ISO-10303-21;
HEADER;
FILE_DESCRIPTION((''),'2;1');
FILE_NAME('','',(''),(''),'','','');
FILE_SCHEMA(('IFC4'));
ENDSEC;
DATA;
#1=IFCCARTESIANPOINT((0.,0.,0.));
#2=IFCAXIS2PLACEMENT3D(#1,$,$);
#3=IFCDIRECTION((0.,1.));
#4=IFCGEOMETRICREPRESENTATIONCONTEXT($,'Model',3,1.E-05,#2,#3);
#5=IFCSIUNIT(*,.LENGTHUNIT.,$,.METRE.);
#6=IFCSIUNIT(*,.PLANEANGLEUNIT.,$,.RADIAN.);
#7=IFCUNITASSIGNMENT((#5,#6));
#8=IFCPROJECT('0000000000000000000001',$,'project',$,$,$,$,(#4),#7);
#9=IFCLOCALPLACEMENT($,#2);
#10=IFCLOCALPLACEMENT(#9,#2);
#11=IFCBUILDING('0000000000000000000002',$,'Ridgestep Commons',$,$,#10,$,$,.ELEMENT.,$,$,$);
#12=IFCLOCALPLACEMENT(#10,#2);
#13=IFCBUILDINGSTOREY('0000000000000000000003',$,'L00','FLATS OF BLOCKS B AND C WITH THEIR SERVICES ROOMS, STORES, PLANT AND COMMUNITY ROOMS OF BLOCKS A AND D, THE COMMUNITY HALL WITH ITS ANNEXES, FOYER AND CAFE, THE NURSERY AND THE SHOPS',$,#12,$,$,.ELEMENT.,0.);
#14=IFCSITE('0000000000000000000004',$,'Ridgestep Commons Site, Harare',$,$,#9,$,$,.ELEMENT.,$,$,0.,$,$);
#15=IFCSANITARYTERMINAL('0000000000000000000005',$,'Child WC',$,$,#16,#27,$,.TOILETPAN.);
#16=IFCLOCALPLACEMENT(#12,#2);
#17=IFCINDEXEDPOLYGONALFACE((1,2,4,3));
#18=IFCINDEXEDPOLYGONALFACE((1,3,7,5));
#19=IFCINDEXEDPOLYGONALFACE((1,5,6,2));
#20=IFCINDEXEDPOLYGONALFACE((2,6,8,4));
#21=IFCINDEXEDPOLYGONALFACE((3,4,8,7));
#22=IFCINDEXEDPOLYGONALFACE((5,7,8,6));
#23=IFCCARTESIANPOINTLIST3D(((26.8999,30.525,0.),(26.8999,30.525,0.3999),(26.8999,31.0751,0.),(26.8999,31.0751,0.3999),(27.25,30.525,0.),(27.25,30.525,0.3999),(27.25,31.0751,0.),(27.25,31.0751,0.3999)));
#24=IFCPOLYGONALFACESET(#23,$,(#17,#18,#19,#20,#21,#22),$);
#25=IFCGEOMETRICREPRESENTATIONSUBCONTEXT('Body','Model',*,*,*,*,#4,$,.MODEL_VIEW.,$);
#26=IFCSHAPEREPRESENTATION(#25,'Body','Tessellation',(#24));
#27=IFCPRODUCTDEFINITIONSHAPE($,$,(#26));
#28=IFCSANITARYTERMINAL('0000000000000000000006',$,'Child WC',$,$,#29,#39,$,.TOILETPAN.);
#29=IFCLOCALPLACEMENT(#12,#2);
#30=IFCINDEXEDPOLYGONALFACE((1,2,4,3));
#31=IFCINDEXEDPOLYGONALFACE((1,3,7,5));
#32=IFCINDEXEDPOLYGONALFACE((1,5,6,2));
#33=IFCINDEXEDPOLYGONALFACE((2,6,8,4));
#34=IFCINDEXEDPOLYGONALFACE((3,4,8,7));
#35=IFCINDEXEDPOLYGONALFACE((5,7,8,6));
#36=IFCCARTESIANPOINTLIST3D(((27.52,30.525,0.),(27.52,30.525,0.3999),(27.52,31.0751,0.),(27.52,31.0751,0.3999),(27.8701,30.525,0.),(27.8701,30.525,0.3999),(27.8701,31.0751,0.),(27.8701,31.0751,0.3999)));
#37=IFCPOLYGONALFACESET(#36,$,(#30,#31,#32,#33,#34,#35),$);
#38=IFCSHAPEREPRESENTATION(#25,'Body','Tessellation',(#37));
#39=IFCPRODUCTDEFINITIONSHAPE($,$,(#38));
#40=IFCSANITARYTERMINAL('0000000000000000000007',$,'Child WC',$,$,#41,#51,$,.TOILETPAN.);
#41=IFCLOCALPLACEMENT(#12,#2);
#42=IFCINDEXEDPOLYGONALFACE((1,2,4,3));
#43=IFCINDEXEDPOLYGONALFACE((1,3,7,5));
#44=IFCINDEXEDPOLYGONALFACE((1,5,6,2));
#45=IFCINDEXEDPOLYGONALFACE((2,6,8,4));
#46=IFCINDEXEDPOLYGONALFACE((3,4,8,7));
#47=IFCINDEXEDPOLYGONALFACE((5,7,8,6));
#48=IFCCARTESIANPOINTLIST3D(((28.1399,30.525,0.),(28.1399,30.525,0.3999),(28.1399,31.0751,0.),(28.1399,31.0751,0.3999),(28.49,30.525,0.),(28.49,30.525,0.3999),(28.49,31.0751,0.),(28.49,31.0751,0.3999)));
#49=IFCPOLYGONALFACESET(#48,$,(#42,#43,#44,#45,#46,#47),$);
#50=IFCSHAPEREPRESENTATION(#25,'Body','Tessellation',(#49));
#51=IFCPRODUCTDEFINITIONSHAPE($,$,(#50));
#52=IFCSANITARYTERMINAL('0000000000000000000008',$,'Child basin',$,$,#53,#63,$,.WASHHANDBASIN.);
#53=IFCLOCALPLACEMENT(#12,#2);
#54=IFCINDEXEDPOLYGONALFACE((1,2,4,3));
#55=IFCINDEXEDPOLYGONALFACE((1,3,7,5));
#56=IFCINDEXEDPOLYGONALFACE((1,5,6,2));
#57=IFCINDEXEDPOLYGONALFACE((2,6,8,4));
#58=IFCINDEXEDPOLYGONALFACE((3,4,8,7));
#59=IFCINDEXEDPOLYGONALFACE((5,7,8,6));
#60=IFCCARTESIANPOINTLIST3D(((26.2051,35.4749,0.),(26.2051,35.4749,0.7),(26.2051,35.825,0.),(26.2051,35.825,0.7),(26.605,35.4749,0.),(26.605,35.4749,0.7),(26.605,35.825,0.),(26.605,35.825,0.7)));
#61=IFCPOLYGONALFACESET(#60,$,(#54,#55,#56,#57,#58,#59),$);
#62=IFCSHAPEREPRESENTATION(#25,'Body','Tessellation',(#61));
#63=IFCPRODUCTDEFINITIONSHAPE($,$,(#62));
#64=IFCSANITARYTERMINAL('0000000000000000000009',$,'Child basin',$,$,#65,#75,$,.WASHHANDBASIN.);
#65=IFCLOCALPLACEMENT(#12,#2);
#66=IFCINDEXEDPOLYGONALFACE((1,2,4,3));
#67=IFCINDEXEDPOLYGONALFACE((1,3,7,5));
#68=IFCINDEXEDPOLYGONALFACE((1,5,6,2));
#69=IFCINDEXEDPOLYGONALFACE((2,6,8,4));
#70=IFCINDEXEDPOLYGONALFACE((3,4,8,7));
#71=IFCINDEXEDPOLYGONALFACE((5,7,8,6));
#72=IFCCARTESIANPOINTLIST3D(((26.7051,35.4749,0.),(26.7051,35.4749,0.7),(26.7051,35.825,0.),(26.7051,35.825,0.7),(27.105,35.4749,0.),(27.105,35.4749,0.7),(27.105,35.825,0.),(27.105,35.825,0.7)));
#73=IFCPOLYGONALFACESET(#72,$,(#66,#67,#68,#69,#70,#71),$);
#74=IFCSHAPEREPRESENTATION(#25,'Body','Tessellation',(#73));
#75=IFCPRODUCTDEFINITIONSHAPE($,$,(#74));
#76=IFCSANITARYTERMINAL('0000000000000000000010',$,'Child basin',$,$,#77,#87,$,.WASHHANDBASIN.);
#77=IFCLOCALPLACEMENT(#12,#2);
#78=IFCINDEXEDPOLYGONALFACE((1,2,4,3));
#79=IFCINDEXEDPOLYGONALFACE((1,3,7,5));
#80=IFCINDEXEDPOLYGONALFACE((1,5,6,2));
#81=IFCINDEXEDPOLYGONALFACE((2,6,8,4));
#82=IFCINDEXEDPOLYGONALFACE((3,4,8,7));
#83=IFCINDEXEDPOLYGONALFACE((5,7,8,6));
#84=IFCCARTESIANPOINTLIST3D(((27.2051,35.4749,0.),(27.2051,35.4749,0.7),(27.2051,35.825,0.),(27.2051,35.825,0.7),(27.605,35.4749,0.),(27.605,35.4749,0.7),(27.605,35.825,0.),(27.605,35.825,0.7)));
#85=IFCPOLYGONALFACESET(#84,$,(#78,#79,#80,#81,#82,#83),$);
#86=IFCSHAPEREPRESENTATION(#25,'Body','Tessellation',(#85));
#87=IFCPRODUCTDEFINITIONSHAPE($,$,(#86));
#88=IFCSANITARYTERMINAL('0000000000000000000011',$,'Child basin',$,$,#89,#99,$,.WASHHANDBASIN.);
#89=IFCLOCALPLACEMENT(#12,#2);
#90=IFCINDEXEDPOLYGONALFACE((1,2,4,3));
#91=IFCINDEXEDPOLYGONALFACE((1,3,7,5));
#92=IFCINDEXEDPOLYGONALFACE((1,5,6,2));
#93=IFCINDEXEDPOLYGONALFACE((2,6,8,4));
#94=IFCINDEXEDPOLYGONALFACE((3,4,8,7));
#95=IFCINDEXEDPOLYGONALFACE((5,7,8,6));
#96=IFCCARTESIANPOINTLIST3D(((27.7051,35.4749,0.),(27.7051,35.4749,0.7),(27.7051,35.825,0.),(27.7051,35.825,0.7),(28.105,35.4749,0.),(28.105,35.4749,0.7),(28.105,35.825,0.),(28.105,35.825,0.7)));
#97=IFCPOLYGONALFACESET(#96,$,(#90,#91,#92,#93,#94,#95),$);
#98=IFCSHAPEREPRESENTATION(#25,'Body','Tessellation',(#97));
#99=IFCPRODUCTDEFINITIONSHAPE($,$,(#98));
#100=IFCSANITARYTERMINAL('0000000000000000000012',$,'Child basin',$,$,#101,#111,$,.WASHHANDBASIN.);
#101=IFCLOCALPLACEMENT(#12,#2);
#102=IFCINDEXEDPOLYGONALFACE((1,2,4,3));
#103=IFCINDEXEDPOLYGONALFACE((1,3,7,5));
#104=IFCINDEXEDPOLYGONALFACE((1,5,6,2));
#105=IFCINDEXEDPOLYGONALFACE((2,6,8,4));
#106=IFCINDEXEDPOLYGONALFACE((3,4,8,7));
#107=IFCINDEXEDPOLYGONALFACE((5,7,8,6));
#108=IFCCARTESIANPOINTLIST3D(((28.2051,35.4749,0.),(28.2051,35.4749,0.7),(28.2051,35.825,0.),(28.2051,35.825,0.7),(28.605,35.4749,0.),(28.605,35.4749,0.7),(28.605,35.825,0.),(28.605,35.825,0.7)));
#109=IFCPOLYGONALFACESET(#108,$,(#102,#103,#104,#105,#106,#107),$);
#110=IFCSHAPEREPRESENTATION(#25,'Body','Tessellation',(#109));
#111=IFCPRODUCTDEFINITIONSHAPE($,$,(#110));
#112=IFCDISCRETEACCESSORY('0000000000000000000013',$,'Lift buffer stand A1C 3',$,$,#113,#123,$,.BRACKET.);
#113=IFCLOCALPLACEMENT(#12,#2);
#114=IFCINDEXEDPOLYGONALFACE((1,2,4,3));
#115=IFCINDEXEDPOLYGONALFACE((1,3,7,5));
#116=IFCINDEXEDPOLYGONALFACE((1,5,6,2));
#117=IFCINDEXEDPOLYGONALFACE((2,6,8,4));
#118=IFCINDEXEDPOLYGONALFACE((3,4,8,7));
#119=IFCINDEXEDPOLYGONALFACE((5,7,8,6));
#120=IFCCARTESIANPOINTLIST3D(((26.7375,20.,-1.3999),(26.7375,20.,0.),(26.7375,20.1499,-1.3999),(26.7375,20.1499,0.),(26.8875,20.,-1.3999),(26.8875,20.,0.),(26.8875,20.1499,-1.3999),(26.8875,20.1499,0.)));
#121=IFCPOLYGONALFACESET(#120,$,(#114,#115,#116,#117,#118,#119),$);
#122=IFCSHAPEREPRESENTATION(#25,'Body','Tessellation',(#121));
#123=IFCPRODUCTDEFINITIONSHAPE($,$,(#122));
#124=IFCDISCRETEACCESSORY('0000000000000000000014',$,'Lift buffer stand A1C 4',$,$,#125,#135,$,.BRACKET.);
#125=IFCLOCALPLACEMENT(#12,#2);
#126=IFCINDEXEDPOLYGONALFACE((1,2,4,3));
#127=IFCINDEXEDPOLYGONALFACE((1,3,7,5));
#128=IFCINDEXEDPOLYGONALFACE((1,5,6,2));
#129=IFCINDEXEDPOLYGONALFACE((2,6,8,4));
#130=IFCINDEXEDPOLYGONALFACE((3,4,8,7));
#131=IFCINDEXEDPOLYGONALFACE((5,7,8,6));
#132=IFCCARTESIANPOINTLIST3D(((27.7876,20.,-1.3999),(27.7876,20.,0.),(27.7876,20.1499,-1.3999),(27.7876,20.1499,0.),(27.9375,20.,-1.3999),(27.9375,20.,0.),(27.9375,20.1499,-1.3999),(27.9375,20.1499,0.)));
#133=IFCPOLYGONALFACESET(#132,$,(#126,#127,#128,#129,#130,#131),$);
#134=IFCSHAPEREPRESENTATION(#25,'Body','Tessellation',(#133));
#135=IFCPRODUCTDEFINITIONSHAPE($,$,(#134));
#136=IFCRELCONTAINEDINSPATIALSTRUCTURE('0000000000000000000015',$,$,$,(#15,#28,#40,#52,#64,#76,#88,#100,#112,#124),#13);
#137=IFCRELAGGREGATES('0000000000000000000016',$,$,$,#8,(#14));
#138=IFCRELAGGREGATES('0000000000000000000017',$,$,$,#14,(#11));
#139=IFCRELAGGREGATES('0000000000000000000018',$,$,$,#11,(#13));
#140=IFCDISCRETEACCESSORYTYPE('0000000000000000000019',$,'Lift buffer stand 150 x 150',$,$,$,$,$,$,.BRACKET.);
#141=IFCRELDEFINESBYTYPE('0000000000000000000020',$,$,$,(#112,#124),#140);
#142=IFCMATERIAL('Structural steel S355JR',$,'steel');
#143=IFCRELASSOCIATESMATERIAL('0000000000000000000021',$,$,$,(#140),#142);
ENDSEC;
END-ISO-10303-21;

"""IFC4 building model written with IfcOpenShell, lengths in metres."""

from ifc_helpers import new_model, si_unit, direction, frame, origin, origin_2d, place, context, subcontext, project, spatial, rectangle, extrude, material, type_object, element, save


model = new_model("IFC4")

# Units and contexts
model_context = context("Model", 3, precision=1e-05, world=origin(), true_north=direction((0.0, 1.0)))
body_context = subcontext(model_context, "Body", "Model", "MODEL_VIEW")
ifc_project = project(units=[si_unit("LENGTHUNIT", "METRE"), si_unit("PLANEANGLEUNIT", "RADIAN")], contexts=[model_context])

# Site, building, storey
site_placement = place(None, origin())
site = spatial("IfcSite", under=ifc_project, at=site_placement, Name="Ridgestep Commons Site, Harare", CompositionType="ELEMENT", RefElevation=0.0)
building_placement = place(site_placement, origin())
building = spatial("IfcBuilding", under=site, at=building_placement, Name="Ridgestep Commons", CompositionType="ELEMENT")
storey_placement = place(building_placement, origin())
storey = spatial("IfcBuildingStorey", under=building, at=storey_placement, Name="L00", Description="FLATS OF BLOCKS B AND C WITH THEIR SERVICES ROOMS, STORES, PLANT AND COMMUNITY ROOMS OF BLOCKS A AND D, THE COMMUNITY HALL WITH ITS ANNEXES, FOYER AND CAFE, THE NURSERY AND THE SHOPS", CompositionType="ELEMENT", Elevation=0.0)

# Sanitary terminals
for number, where, z_axis, x_axis, name in (
    (1, (27.075, 30.8, 0.0), (0.0, 0.0, 1.0), (1.0, 0.0, 0.0), "Child WC"),
    (2, (27.6951, 30.8, 0.0), (0.0, 0.0, 1.0), (1.0, 0.0, 0.0), "Child WC"),
    (3, (28.3149, 30.8, 0.0), (0.0, 0.0, 1.0), (1.0, 0.0, 0.0), "Child WC"),
):
    element("IfcSanitaryTerminal", number, at=place(storey_placement, frame(where, z_axis=z_axis, x_axis=x_axis)), inside=storey, Name=name, PredefinedType="TOILETPAN", context=body_context, shape_type="SweptSolid", body=[
        extrude(rectangle(XDim=0.3501, YDim=0.55, at=origin_2d()), origin(), (0.0, 0.0, 1.0), 0.3999),
    ])
for number, where, z_axis, x_axis, name in (
    (4, (26.405, 35.6499, 0.0), (0.0, 0.0, 1.0), (1.0, 0.0, 0.0), "Child basin"),
    (5, (26.905, 35.6499, 0.0), (0.0, 0.0, 1.0), (1.0, 0.0, 0.0), "Child basin"),
    (6, (27.405, 35.6499, 0.0), (0.0, 0.0, 1.0), (1.0, 0.0, 0.0), "Child basin"),
    (7, (27.905, 35.6499, 0.0), (0.0, 0.0, 1.0), (1.0, 0.0, 0.0), "Child basin"),
    (8, (28.405, 35.6499, 0.0), (0.0, 0.0, 1.0), (1.0, 0.0, 0.0), "Child basin"),
):
    element("IfcSanitaryTerminal", number, at=place(storey_placement, frame(where, z_axis=z_axis, x_axis=x_axis)), inside=storey, Name=name, PredefinedType="WASHHANDBASIN", context=body_context, shape_type="SweptSolid", body=[
        extrude(rectangle(XDim=0.3999, YDim=0.3501, at=origin_2d()), origin(), (0.0, 0.0, 1.0), 0.7),
    ])

# Discrete accessories
ifc_material_1 = material(Name="Structural steel S355JR", Category="steel")
discrete_accessory_type = type_object("IfcDiscreteAccessoryType", Name="Lift buffer stand 150 x 150", PredefinedType="BRACKET", material=ifc_material_1)
for number, where, z_axis, x_axis, name in (
    (9, (26.8125, 20.075, -1.3999), (0.0, 0.0, 1.0), (1.0, 0.0, 0.0), "Lift buffer stand A1C 3"),
    (10, (27.8625, 20.075, -1.3999), (0.0, 0.0, 1.0), (1.0, 0.0, 0.0), "Lift buffer stand A1C 4"),
):
    element("IfcDiscreteAccessory", number, at=place(storey_placement, frame(where, z_axis=z_axis, x_axis=x_axis)), inside=storey, type_object=discrete_accessory_type, Name=name, PredefinedType="BRACKET", context=body_context, shape_type="SweptSolid", body=[
        extrude(rectangle(XDim=0.1499, YDim=0.1499, at=origin_2d()), origin(), (0.0, 0.0, 1.0), 1.3999),
    ])

save(model, "model.ifc")
